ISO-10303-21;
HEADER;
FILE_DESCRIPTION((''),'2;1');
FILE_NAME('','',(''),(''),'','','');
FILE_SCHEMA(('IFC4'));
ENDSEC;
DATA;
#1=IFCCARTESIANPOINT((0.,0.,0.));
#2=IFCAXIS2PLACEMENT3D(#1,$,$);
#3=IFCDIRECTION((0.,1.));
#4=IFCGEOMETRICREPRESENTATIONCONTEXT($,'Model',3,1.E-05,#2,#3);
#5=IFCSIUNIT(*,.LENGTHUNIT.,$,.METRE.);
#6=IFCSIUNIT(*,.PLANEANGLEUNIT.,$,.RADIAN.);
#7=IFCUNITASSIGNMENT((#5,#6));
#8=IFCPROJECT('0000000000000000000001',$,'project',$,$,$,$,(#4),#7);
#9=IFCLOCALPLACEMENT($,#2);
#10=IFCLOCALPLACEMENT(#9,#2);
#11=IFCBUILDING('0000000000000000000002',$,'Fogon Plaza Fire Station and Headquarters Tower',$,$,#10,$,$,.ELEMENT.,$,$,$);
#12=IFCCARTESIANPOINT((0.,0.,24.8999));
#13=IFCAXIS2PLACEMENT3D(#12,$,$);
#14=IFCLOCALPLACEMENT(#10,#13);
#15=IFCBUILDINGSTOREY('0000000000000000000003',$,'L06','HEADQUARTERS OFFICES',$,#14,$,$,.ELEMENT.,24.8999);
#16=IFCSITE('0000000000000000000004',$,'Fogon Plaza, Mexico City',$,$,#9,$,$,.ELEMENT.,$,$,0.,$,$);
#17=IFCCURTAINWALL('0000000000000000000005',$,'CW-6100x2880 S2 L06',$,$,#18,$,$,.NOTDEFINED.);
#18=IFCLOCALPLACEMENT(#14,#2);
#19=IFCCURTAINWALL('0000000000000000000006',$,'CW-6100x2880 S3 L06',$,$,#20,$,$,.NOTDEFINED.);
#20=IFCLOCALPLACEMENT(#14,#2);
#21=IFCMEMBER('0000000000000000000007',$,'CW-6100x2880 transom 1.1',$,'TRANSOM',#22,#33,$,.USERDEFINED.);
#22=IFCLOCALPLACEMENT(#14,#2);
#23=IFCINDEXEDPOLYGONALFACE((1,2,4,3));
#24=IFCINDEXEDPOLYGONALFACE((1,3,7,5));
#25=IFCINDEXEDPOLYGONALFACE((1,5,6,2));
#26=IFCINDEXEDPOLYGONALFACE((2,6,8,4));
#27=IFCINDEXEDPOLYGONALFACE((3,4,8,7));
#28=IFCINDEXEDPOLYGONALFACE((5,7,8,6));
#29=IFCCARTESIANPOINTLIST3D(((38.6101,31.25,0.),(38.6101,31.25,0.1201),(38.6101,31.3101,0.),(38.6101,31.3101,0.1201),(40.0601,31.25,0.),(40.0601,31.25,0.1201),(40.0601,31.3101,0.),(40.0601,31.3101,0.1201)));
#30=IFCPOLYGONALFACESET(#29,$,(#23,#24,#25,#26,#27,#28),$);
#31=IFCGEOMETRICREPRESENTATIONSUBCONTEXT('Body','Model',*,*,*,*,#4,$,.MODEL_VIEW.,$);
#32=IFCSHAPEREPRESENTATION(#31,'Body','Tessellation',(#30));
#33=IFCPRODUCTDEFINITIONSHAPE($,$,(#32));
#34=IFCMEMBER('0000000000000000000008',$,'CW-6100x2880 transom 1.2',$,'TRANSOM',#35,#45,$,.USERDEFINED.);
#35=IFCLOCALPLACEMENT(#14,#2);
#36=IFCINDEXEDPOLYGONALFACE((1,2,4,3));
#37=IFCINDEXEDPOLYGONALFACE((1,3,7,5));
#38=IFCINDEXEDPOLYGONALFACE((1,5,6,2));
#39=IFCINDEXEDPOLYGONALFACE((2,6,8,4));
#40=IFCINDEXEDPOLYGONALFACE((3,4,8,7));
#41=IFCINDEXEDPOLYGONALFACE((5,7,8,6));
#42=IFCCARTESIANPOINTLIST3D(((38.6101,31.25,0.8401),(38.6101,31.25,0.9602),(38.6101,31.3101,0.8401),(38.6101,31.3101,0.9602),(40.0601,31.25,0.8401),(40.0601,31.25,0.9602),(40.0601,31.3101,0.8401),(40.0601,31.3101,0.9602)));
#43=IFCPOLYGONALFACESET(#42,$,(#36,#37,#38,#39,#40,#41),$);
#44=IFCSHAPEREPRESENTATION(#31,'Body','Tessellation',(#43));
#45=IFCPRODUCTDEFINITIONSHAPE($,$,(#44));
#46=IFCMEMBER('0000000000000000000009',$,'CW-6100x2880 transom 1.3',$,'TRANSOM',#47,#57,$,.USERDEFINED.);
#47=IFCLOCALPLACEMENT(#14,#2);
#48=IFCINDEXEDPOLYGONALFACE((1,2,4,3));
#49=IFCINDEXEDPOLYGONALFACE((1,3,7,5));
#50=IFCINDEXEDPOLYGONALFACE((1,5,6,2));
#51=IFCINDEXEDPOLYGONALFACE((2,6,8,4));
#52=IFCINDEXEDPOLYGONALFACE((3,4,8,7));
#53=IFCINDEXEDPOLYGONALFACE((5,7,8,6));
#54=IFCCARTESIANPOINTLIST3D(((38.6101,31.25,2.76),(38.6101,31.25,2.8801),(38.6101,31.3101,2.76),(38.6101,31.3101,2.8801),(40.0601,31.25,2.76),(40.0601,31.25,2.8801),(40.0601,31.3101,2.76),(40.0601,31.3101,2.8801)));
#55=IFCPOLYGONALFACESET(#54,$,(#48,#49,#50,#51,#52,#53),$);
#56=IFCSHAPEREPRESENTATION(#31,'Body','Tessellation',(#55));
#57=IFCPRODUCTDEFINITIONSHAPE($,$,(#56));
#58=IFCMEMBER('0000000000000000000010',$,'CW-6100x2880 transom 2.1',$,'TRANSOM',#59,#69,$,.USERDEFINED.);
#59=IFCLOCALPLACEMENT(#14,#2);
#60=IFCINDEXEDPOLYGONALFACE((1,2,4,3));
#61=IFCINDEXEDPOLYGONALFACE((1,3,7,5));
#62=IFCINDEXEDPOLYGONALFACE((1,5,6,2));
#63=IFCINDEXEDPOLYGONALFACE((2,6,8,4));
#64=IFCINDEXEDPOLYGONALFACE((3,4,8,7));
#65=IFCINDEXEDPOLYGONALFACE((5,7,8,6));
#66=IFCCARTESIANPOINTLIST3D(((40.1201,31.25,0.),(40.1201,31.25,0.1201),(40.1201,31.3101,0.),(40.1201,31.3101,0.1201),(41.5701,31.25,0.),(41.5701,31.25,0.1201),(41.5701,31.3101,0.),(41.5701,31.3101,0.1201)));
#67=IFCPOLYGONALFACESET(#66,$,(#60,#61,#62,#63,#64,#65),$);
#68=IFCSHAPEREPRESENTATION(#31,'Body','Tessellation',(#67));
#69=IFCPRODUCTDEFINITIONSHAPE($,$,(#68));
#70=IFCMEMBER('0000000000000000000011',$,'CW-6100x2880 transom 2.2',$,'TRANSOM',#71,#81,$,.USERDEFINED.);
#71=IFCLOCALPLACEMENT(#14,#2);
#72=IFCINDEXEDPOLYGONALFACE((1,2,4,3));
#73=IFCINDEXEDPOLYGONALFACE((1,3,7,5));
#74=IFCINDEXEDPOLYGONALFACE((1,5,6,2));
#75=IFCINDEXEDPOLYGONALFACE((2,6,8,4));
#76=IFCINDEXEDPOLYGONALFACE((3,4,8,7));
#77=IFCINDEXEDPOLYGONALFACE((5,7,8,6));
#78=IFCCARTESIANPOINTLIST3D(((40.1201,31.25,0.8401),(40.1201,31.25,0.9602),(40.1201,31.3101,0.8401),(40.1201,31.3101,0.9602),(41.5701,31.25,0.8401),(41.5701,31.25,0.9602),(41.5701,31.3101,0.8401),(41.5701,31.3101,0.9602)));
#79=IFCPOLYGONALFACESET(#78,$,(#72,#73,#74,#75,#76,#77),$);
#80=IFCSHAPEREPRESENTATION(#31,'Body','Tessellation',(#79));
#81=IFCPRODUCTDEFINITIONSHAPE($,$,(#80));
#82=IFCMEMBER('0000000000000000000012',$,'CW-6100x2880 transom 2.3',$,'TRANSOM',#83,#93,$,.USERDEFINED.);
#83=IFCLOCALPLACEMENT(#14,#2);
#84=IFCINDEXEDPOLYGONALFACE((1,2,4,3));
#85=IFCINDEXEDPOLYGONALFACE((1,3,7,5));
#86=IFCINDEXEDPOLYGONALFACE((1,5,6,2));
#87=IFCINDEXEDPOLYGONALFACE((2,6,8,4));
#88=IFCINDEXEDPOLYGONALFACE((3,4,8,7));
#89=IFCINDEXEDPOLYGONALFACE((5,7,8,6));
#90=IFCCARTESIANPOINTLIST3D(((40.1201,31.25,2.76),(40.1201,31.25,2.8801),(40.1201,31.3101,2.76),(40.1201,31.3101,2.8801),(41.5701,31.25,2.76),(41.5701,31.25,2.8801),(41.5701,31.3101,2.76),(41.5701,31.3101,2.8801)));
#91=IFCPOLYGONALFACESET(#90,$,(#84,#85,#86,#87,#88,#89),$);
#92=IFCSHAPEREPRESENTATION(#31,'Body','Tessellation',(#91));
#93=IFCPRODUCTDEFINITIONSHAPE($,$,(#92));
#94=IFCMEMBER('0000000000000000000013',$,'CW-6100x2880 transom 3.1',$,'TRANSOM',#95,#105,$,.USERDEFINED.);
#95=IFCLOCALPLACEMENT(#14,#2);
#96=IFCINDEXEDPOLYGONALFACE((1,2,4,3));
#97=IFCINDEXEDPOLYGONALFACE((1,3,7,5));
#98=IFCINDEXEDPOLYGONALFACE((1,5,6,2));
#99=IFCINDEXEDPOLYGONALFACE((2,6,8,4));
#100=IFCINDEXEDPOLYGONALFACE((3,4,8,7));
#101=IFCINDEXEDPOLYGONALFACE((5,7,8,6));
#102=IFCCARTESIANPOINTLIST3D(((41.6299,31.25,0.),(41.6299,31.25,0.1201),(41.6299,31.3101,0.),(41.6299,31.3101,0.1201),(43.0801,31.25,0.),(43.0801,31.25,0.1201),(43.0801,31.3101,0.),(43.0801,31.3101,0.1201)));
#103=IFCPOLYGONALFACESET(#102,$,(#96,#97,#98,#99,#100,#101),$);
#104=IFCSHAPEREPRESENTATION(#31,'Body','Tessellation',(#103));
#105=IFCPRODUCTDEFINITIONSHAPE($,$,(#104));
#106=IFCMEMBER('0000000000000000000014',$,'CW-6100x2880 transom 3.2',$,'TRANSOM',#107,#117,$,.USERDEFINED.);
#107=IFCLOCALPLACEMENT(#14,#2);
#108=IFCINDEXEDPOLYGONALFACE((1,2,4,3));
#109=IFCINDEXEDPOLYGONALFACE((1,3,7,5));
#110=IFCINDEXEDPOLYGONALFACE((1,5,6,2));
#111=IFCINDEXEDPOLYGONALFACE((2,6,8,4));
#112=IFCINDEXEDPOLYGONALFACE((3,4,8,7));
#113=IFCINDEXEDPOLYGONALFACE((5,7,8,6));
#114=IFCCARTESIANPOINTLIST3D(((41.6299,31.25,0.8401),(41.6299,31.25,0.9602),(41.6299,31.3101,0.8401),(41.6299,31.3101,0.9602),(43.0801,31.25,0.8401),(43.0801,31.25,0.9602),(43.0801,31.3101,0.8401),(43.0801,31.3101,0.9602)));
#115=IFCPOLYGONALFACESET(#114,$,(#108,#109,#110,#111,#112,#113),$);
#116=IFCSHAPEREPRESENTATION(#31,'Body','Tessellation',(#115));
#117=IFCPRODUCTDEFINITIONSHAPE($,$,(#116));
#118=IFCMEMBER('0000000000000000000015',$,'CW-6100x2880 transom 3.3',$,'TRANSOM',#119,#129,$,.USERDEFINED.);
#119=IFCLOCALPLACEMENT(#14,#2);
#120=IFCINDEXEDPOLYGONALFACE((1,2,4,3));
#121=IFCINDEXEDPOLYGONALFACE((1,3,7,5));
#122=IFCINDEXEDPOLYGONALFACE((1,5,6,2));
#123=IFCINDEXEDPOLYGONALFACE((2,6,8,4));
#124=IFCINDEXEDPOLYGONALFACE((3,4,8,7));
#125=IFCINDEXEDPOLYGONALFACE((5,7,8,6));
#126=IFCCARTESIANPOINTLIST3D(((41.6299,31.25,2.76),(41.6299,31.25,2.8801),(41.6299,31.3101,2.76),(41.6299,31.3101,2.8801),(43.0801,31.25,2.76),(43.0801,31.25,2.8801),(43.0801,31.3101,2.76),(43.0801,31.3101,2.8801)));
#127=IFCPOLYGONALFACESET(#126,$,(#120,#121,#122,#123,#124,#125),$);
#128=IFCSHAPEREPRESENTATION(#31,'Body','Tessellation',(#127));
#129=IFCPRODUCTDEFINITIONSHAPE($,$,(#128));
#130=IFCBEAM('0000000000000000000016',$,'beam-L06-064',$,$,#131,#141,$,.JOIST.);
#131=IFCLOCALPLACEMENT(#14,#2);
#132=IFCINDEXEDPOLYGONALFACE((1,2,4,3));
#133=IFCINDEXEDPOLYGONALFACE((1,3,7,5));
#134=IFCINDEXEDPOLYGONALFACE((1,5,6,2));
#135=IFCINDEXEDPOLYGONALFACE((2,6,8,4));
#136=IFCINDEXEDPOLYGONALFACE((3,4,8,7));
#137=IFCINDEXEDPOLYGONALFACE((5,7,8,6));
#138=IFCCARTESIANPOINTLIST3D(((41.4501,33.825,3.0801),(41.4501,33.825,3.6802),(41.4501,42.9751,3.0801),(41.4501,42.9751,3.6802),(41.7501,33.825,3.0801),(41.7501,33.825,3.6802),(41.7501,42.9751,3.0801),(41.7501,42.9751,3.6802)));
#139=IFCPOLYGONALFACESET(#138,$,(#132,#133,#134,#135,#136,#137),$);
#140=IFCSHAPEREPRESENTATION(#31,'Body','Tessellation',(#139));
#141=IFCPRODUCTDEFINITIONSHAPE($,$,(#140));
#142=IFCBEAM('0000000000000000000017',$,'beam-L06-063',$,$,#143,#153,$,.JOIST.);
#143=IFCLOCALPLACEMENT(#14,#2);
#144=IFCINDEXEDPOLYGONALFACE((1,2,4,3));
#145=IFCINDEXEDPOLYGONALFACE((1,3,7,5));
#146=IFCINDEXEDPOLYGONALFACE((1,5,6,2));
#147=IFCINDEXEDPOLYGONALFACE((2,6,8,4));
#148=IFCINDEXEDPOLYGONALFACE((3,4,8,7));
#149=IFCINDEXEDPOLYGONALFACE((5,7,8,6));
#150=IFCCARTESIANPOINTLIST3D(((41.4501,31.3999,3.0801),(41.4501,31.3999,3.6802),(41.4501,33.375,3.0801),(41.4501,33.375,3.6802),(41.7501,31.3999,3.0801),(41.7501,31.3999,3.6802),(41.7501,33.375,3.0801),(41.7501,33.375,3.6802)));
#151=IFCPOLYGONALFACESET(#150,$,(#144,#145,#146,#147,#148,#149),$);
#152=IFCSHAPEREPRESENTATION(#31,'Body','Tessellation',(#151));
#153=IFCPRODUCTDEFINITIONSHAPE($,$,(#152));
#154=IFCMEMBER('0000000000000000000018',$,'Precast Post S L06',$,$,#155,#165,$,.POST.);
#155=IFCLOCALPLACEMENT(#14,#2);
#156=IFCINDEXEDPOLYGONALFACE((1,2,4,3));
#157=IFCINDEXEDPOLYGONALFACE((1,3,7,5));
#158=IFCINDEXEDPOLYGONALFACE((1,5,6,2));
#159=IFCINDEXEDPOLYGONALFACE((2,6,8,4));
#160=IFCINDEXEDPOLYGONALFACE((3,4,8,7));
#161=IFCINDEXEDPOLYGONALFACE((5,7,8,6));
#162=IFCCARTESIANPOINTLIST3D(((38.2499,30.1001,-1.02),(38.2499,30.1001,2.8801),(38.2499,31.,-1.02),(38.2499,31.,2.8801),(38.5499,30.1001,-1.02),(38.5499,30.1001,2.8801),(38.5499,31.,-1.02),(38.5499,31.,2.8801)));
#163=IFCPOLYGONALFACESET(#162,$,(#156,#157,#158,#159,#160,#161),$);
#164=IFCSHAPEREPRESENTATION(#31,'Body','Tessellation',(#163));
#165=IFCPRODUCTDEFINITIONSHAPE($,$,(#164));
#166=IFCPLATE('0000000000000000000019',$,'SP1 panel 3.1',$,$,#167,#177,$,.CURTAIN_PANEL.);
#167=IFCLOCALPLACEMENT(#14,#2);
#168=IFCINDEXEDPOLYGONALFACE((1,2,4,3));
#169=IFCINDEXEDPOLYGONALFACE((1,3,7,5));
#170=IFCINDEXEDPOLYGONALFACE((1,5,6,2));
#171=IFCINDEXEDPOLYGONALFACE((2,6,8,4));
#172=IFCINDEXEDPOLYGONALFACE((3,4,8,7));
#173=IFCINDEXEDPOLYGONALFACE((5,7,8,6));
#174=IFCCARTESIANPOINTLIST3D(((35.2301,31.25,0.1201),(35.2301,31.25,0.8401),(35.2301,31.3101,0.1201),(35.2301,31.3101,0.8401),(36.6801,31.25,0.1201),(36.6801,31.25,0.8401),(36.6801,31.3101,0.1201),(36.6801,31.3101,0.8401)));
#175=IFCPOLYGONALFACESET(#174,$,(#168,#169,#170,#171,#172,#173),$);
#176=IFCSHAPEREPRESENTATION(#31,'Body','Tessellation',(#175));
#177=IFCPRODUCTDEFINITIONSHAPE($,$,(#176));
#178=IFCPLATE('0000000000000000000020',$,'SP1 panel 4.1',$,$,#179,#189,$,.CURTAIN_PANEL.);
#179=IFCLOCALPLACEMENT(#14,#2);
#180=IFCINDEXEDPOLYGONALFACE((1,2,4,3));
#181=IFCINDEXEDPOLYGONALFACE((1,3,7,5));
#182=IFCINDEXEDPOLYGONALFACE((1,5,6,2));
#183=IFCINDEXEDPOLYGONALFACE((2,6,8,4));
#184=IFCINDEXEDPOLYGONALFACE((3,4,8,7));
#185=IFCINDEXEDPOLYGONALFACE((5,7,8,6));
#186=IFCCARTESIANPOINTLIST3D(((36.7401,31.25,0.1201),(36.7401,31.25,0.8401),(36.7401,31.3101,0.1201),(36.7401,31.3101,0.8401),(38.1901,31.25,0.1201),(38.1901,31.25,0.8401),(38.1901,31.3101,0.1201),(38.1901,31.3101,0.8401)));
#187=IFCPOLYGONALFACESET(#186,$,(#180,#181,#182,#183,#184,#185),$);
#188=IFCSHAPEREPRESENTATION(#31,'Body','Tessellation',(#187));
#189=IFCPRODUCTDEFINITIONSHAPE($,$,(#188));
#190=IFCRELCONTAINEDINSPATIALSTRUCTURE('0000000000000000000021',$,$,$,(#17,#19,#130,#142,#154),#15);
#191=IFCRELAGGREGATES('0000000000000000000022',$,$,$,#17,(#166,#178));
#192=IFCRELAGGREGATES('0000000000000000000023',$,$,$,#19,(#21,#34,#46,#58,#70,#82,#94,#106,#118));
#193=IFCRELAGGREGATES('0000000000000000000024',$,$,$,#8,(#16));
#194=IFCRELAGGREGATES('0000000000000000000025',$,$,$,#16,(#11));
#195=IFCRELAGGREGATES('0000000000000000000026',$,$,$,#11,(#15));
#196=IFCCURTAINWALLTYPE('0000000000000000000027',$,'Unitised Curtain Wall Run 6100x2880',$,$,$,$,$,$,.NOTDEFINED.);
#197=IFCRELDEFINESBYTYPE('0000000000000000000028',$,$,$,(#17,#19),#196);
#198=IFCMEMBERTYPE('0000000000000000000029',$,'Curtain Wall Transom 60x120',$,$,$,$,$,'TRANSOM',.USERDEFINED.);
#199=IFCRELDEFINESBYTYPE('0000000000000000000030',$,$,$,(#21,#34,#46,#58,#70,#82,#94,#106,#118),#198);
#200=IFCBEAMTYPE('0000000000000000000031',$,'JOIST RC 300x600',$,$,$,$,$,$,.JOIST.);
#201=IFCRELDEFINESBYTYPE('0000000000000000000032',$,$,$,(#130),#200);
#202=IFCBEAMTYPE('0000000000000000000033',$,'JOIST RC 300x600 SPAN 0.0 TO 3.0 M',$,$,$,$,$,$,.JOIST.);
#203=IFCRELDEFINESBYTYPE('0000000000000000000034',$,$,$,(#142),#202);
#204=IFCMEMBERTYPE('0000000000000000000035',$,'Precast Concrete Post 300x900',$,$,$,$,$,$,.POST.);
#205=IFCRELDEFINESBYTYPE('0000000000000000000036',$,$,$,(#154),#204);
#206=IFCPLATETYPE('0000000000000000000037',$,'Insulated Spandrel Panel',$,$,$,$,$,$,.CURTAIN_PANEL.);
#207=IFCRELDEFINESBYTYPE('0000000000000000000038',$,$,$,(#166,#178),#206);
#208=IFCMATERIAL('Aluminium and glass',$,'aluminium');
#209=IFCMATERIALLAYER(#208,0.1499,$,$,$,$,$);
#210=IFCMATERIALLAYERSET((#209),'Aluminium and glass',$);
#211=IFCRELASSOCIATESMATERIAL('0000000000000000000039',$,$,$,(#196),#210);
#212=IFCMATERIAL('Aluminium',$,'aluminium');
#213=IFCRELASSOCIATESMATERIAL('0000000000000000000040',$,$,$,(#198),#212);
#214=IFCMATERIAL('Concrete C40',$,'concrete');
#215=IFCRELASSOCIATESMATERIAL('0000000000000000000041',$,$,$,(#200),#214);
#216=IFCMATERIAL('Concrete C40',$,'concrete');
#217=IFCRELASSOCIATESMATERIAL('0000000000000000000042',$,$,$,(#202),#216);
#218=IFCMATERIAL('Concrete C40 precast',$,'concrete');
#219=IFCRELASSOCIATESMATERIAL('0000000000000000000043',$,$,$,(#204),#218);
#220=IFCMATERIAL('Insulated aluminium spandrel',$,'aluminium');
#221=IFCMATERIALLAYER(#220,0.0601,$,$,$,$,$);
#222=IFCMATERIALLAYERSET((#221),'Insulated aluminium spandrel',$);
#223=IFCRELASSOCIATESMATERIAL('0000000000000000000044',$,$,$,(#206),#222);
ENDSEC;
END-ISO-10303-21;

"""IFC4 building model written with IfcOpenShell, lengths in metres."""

from ifc_helpers import new_model, si_unit, direction, frame, origin, origin_2d, place, context, subcontext, project, spatial, rectangle, extrude, material, layer, layer_set, material_profile, profile_set, type_object, element, aggregate, save


model = new_model("IFC4")

# Units and contexts
model_context = context("Model", 3, precision=1e-05, world=origin(), true_north=direction((0.0, 1.0)))
body_context = subcontext(model_context, "Body", "Model", "MODEL_VIEW")
ifc_project = project(units=[si_unit("LENGTHUNIT", "METRE"), si_unit("PLANEANGLEUNIT", "RADIAN")], contexts=[model_context])

# Site, building, storey
site_placement = place(None, origin())
site = spatial("IfcSite", under=ifc_project, at=site_placement, Name="Fogon Plaza, Mexico City", CompositionType="ELEMENT", RefElevation=0.0)
building_placement = place(site_placement, origin())
building = spatial("IfcBuilding", under=site, at=building_placement, Name="Fogon Plaza Fire Station and Headquarters Tower", CompositionType="ELEMENT")
storey_placement = place(building_placement, frame((0.0, 0.0, 24.8999)))
storey = spatial("IfcBuildingStorey", under=building, at=storey_placement, Name="L06", Description="HEADQUARTERS OFFICES", CompositionType="ELEMENT", Elevation=24.8999)

# Curtain walls
ifc_material_1 = material(Name="Aluminium and glass", Category="aluminium")
ifc_layer_1 = layer(ifc_material_1, 0.1499)
ifc_layer_set_1 = layer_set([ifc_layer_1], Name="Aluminium and glass")
curtain_wall_type = type_object("IfcCurtainWallType", Name="Unitised Curtain Wall Run 6100x2880", PredefinedType="NOTDEFINED", material=ifc_layer_set_1)
curtain_wall_1_placement = place(storey_placement, origin())
curtain_wall_1 = element("IfcCurtainWall", 1, at=curtain_wall_1_placement, inside=storey, type_object=curtain_wall_type, Name="CW-6100x2880 S2 L06", PredefinedType="NOTDEFINED")
curtain_wall_2_placement = place(storey_placement, origin())
curtain_wall_2 = element("IfcCurtainWall", 2, at=curtain_wall_2_placement, inside=storey, type_object=curtain_wall_type, Name="CW-6100x2880 S3 L06", PredefinedType="NOTDEFINED")

# Members
ifc_material_2 = material(Name="Aluminium", Category="aluminium")
ifc_material_profile_1 = material_profile(ifc_material_2, rectangle(XDim=0.0601, YDim=0.1201, at=origin_2d()), Name="Curtain Wall Transom 60x120")
ifc_profile_set_1 = profile_set([ifc_material_profile_1], Name="Aluminium")
member_type_1 = type_object("IfcMemberType", Name="Curtain Wall Transom 60x120", ElementType="TRANSOM", PredefinedType="USERDEFINED", material=ifc_profile_set_1)
member_1_placement = place(storey_placement, frame((38.6101, 31.28, 0.0601), z_axis=(1.0, 0.0, 0.0), x_axis=(0.0, 1.0, 0.0)))
member_1 = element("IfcMember", 3, at=member_1_placement, type_object=member_type_1, Name="CW-6100x2880 transom 1.1", ObjectType="TRANSOM", PredefinedType="USERDEFINED", context=body_context, shape_type="SweptSolid", body=[
    extrude(rectangle(XDim=0.0601, YDim=0.1201, at=origin_2d()), origin(), (0.0, 0.0, 1.0), 1.45),
])
member_2_placement = place(storey_placement, frame((38.6101, 31.28, 0.9001), z_axis=(1.0, 0.0, 0.0), x_axis=(0.0, 1.0, 0.0)))
member_2 = element("IfcMember", 4, at=member_2_placement, type_object=member_type_1, Name="CW-6100x2880 transom 1.2", ObjectType="TRANSOM", PredefinedType="USERDEFINED", context=body_context, shape_type="SweptSolid", body=[
    extrude(rectangle(XDim=0.0601, YDim=0.1201, at=origin_2d()), origin(), (0.0, 0.0, 1.0), 1.45),
])
member_3_placement = place(storey_placement, frame((38.6101, 31.28, 2.8201), z_axis=(1.0, 0.0, 0.0), x_axis=(0.0, 1.0, 0.0)))
member_3 = element("IfcMember", 5, at=member_3_placement, type_object=member_type_1, Name="CW-6100x2880 transom 1.3", ObjectType="TRANSOM", PredefinedType="USERDEFINED", context=body_context, shape_type="SweptSolid", body=[
    extrude(rectangle(XDim=0.0601, YDim=0.1201, at=origin_2d()), origin(), (0.0, 0.0, 1.0), 1.45),
])
member_4_placement = place(storey_placement, frame((40.1201, 31.28, 0.0601), z_axis=(1.0, 0.0, 0.0), x_axis=(0.0, 1.0, 0.0)))
member_4 = element("IfcMember", 6, at=member_4_placement, type_object=member_type_1, Name="CW-6100x2880 transom 2.1", ObjectType="TRANSOM", PredefinedType="USERDEFINED", context=body_context, shape_type="SweptSolid", body=[
    extrude(rectangle(XDim=0.0601, YDim=0.1201, at=origin_2d()), origin(), (0.0, 0.0, 1.0), 1.45),
])
member_5_placement = place(storey_placement, frame((40.1201, 31.28, 0.9001), z_axis=(1.0, 0.0, 0.0), x_axis=(0.0, 1.0, 0.0)))
member_5 = element("IfcMember", 7, at=member_5_placement, type_object=member_type_1, Name="CW-6100x2880 transom 2.2", ObjectType="TRANSOM", PredefinedType="USERDEFINED", context=body_context, shape_type="SweptSolid", body=[
    extrude(rectangle(XDim=0.0601, YDim=0.1201, at=origin_2d()), origin(), (0.0, 0.0, 1.0), 1.45),
])
member_6_placement = place(storey_placement, frame((40.1201, 31.28, 2.8201), z_axis=(1.0, 0.0, 0.0), x_axis=(0.0, 1.0, 0.0)))
member_6 = element("IfcMember", 8, at=member_6_placement, type_object=member_type_1, Name="CW-6100x2880 transom 2.3", ObjectType="TRANSOM", PredefinedType="USERDEFINED", context=body_context, shape_type="SweptSolid", body=[
    extrude(rectangle(XDim=0.0601, YDim=0.1201, at=origin_2d()), origin(), (0.0, 0.0, 1.0), 1.45),
])
member_7_placement = place(storey_placement, frame((41.6299, 31.28, 0.0601), z_axis=(1.0, 0.0, 0.0), x_axis=(0.0, 1.0, 0.0)))
member_7 = element("IfcMember", 9, at=member_7_placement, type_object=member_type_1, Name="CW-6100x2880 transom 3.1", ObjectType="TRANSOM", PredefinedType="USERDEFINED", context=body_context, shape_type="SweptSolid", body=[
    extrude(rectangle(XDim=0.0601, YDim=0.1201, at=origin_2d()), origin(), (0.0, 0.0, 1.0), 1.4502),
])
member_8_placement = place(storey_placement, frame((41.6299, 31.28, 0.9001), z_axis=(1.0, 0.0, 0.0), x_axis=(0.0, 1.0, 0.0)))
member_8 = element("IfcMember", 10, at=member_8_placement, type_object=member_type_1, Name="CW-6100x2880 transom 3.2", ObjectType="TRANSOM", PredefinedType="USERDEFINED", context=body_context, shape_type="SweptSolid", body=[
    extrude(rectangle(XDim=0.0601, YDim=0.1201, at=origin_2d()), origin(), (0.0, 0.0, 1.0), 1.4502),
])
member_9_placement = place(storey_placement, frame((41.6299, 31.28, 2.8201), z_axis=(1.0, 0.0, 0.0), x_axis=(0.0, 1.0, 0.0)))
member_9 = element("IfcMember", 11, at=member_9_placement, type_object=member_type_1, Name="CW-6100x2880 transom 3.3", ObjectType="TRANSOM", PredefinedType="USERDEFINED", context=body_context, shape_type="SweptSolid", body=[
    extrude(rectangle(XDim=0.0601, YDim=0.1201, at=origin_2d()), origin(), (0.0, 0.0, 1.0), 1.4502),
])

# Beams
ifc_material_3 = material(Name="Concrete C40", Category="concrete")
ifc_material_profile_2 = material_profile(ifc_material_3, rectangle(XDim=0.3, YDim=0.6001, at=origin_2d()), Name="RC 300x600")
ifc_profile_set_2 = profile_set([ifc_material_profile_2], Name="Concrete C40")
beam_type_1 = type_object("IfcBeamType", Name="JOIST RC 300x600", PredefinedType="JOIST", material=ifc_profile_set_2)
beam_1_placement = place(storey_placement, frame((41.6001, 33.825, 3.3801), z_axis=(0.0, 1.0, 0.0), x_axis=(-1.0, 0.0, 0.0)))
element("IfcBeam", 12, at=beam_1_placement, inside=storey, type_object=beam_type_1, Name="beam-L06-064", PredefinedType="JOIST", context=body_context, shape_type="SweptSolid", body=[
    extrude(rectangle(XDim=0.3, YDim=0.6001, at=origin_2d()), origin(), (0.0, 0.0, 1.0), 9.1501),
])
ifc_material_4 = material(Name="Concrete C40", Category="concrete")
ifc_material_profile_3 = material_profile(ifc_material_4, rectangle(XDim=0.3, YDim=0.6001, at=origin_2d()), Name="RC 300x600")
ifc_profile_set_3 = profile_set([ifc_material_profile_3], Name="Concrete C40")
beam_type_2 = type_object("IfcBeamType", Name="JOIST RC 300x600 SPAN 0.0 TO 3.0 M", PredefinedType="JOIST", material=ifc_profile_set_3)
beam_2_placement = place(storey_placement, frame((41.6001, 31.3999, 3.3801), z_axis=(0.0, 1.0, 0.0), x_axis=(-1.0, 0.0, 0.0)))
element("IfcBeam", 13, at=beam_2_placement, inside=storey, type_object=beam_type_2, Name="beam-L06-063", PredefinedType="JOIST", context=body_context, shape_type="SweptSolid", body=[
    extrude(rectangle(XDim=0.3, YDim=0.6001, at=origin_2d()), origin(), (0.0, 0.0, 1.0), 1.9751),
])

# Member
ifc_material_5 = material(Name="Concrete C40 precast", Category="concrete")
ifc_material_profile_4 = material_profile(ifc_material_5, rectangle(XDim=0.3, YDim=0.8999, at=origin_2d()), Name="Precast Concrete Post 300x900")
ifc_profile_set_4 = profile_set([ifc_material_profile_4], Name="Concrete C40 precast")
member_type_2 = type_object("IfcMemberType", Name="Precast Concrete Post 300x900", PredefinedType="POST", material=ifc_profile_set_4)
member_10_placement = place(storey_placement, frame((38.3999, 30.55, -1.02), z_axis=(0.0, 0.0, 1.0), x_axis=(1.0, 0.0, 0.0)))
element("IfcMember", 14, at=member_10_placement, inside=storey, type_object=member_type_2, Name="Precast Post S L06", PredefinedType="POST", context=body_context, shape_type="SweptSolid", body=[
    extrude(rectangle(XDim=0.3, YDim=0.8999, at=origin_2d()), origin(), (0.0, 0.0, 1.0), 3.9001),
])

# Plates
ifc_material_6 = material(Name="Insulated aluminium spandrel", Category="aluminium")
ifc_layer_2 = layer(ifc_material_6, 0.0601)
ifc_layer_set_2 = layer_set([ifc_layer_2], Name="Insulated aluminium spandrel")
plate_type_1 = type_object("IfcPlateType", Name="Insulated Spandrel Panel", PredefinedType="CURTAIN_PANEL", material=ifc_layer_set_2)
plate_1_placement = place(storey_placement, frame((35.9551, 31.28, 0.1201), z_axis=(0.0, 0.0, 1.0), x_axis=(1.0, 0.0, 0.0)))
plate_1 = element("IfcPlate", 15, at=plate_1_placement, type_object=plate_type_1, Name="SP1 panel 3.1", PredefinedType="CURTAIN_PANEL", context=body_context, shape_type="SweptSolid", body=[
    extrude(rectangle(XDim=1.45, YDim=0.0601, at=origin_2d()), origin(), (0.0, 0.0, 1.0), 0.72),
])
plate_2_placement = place(storey_placement, frame((37.4651, 31.28, 0.1201), z_axis=(0.0, 0.0, 1.0), x_axis=(1.0, 0.0, 0.0)))
plate_2 = element("IfcPlate", 16, at=plate_2_placement, type_object=plate_type_1, Name="SP1 panel 4.1", PredefinedType="CURTAIN_PANEL", context=body_context, shape_type="SweptSolid", body=[
    extrude(rectangle(XDim=1.45, YDim=0.0601, at=origin_2d()), origin(), (0.0, 0.0, 1.0), 0.72),
])
aggregate(curtain_wall_1, [plate_1, plate_2])
aggregate(curtain_wall_2, [member_1, member_2, member_3, member_4, member_5, member_6, member_7, member_8, member_9])

save(model, "model.ifc")
